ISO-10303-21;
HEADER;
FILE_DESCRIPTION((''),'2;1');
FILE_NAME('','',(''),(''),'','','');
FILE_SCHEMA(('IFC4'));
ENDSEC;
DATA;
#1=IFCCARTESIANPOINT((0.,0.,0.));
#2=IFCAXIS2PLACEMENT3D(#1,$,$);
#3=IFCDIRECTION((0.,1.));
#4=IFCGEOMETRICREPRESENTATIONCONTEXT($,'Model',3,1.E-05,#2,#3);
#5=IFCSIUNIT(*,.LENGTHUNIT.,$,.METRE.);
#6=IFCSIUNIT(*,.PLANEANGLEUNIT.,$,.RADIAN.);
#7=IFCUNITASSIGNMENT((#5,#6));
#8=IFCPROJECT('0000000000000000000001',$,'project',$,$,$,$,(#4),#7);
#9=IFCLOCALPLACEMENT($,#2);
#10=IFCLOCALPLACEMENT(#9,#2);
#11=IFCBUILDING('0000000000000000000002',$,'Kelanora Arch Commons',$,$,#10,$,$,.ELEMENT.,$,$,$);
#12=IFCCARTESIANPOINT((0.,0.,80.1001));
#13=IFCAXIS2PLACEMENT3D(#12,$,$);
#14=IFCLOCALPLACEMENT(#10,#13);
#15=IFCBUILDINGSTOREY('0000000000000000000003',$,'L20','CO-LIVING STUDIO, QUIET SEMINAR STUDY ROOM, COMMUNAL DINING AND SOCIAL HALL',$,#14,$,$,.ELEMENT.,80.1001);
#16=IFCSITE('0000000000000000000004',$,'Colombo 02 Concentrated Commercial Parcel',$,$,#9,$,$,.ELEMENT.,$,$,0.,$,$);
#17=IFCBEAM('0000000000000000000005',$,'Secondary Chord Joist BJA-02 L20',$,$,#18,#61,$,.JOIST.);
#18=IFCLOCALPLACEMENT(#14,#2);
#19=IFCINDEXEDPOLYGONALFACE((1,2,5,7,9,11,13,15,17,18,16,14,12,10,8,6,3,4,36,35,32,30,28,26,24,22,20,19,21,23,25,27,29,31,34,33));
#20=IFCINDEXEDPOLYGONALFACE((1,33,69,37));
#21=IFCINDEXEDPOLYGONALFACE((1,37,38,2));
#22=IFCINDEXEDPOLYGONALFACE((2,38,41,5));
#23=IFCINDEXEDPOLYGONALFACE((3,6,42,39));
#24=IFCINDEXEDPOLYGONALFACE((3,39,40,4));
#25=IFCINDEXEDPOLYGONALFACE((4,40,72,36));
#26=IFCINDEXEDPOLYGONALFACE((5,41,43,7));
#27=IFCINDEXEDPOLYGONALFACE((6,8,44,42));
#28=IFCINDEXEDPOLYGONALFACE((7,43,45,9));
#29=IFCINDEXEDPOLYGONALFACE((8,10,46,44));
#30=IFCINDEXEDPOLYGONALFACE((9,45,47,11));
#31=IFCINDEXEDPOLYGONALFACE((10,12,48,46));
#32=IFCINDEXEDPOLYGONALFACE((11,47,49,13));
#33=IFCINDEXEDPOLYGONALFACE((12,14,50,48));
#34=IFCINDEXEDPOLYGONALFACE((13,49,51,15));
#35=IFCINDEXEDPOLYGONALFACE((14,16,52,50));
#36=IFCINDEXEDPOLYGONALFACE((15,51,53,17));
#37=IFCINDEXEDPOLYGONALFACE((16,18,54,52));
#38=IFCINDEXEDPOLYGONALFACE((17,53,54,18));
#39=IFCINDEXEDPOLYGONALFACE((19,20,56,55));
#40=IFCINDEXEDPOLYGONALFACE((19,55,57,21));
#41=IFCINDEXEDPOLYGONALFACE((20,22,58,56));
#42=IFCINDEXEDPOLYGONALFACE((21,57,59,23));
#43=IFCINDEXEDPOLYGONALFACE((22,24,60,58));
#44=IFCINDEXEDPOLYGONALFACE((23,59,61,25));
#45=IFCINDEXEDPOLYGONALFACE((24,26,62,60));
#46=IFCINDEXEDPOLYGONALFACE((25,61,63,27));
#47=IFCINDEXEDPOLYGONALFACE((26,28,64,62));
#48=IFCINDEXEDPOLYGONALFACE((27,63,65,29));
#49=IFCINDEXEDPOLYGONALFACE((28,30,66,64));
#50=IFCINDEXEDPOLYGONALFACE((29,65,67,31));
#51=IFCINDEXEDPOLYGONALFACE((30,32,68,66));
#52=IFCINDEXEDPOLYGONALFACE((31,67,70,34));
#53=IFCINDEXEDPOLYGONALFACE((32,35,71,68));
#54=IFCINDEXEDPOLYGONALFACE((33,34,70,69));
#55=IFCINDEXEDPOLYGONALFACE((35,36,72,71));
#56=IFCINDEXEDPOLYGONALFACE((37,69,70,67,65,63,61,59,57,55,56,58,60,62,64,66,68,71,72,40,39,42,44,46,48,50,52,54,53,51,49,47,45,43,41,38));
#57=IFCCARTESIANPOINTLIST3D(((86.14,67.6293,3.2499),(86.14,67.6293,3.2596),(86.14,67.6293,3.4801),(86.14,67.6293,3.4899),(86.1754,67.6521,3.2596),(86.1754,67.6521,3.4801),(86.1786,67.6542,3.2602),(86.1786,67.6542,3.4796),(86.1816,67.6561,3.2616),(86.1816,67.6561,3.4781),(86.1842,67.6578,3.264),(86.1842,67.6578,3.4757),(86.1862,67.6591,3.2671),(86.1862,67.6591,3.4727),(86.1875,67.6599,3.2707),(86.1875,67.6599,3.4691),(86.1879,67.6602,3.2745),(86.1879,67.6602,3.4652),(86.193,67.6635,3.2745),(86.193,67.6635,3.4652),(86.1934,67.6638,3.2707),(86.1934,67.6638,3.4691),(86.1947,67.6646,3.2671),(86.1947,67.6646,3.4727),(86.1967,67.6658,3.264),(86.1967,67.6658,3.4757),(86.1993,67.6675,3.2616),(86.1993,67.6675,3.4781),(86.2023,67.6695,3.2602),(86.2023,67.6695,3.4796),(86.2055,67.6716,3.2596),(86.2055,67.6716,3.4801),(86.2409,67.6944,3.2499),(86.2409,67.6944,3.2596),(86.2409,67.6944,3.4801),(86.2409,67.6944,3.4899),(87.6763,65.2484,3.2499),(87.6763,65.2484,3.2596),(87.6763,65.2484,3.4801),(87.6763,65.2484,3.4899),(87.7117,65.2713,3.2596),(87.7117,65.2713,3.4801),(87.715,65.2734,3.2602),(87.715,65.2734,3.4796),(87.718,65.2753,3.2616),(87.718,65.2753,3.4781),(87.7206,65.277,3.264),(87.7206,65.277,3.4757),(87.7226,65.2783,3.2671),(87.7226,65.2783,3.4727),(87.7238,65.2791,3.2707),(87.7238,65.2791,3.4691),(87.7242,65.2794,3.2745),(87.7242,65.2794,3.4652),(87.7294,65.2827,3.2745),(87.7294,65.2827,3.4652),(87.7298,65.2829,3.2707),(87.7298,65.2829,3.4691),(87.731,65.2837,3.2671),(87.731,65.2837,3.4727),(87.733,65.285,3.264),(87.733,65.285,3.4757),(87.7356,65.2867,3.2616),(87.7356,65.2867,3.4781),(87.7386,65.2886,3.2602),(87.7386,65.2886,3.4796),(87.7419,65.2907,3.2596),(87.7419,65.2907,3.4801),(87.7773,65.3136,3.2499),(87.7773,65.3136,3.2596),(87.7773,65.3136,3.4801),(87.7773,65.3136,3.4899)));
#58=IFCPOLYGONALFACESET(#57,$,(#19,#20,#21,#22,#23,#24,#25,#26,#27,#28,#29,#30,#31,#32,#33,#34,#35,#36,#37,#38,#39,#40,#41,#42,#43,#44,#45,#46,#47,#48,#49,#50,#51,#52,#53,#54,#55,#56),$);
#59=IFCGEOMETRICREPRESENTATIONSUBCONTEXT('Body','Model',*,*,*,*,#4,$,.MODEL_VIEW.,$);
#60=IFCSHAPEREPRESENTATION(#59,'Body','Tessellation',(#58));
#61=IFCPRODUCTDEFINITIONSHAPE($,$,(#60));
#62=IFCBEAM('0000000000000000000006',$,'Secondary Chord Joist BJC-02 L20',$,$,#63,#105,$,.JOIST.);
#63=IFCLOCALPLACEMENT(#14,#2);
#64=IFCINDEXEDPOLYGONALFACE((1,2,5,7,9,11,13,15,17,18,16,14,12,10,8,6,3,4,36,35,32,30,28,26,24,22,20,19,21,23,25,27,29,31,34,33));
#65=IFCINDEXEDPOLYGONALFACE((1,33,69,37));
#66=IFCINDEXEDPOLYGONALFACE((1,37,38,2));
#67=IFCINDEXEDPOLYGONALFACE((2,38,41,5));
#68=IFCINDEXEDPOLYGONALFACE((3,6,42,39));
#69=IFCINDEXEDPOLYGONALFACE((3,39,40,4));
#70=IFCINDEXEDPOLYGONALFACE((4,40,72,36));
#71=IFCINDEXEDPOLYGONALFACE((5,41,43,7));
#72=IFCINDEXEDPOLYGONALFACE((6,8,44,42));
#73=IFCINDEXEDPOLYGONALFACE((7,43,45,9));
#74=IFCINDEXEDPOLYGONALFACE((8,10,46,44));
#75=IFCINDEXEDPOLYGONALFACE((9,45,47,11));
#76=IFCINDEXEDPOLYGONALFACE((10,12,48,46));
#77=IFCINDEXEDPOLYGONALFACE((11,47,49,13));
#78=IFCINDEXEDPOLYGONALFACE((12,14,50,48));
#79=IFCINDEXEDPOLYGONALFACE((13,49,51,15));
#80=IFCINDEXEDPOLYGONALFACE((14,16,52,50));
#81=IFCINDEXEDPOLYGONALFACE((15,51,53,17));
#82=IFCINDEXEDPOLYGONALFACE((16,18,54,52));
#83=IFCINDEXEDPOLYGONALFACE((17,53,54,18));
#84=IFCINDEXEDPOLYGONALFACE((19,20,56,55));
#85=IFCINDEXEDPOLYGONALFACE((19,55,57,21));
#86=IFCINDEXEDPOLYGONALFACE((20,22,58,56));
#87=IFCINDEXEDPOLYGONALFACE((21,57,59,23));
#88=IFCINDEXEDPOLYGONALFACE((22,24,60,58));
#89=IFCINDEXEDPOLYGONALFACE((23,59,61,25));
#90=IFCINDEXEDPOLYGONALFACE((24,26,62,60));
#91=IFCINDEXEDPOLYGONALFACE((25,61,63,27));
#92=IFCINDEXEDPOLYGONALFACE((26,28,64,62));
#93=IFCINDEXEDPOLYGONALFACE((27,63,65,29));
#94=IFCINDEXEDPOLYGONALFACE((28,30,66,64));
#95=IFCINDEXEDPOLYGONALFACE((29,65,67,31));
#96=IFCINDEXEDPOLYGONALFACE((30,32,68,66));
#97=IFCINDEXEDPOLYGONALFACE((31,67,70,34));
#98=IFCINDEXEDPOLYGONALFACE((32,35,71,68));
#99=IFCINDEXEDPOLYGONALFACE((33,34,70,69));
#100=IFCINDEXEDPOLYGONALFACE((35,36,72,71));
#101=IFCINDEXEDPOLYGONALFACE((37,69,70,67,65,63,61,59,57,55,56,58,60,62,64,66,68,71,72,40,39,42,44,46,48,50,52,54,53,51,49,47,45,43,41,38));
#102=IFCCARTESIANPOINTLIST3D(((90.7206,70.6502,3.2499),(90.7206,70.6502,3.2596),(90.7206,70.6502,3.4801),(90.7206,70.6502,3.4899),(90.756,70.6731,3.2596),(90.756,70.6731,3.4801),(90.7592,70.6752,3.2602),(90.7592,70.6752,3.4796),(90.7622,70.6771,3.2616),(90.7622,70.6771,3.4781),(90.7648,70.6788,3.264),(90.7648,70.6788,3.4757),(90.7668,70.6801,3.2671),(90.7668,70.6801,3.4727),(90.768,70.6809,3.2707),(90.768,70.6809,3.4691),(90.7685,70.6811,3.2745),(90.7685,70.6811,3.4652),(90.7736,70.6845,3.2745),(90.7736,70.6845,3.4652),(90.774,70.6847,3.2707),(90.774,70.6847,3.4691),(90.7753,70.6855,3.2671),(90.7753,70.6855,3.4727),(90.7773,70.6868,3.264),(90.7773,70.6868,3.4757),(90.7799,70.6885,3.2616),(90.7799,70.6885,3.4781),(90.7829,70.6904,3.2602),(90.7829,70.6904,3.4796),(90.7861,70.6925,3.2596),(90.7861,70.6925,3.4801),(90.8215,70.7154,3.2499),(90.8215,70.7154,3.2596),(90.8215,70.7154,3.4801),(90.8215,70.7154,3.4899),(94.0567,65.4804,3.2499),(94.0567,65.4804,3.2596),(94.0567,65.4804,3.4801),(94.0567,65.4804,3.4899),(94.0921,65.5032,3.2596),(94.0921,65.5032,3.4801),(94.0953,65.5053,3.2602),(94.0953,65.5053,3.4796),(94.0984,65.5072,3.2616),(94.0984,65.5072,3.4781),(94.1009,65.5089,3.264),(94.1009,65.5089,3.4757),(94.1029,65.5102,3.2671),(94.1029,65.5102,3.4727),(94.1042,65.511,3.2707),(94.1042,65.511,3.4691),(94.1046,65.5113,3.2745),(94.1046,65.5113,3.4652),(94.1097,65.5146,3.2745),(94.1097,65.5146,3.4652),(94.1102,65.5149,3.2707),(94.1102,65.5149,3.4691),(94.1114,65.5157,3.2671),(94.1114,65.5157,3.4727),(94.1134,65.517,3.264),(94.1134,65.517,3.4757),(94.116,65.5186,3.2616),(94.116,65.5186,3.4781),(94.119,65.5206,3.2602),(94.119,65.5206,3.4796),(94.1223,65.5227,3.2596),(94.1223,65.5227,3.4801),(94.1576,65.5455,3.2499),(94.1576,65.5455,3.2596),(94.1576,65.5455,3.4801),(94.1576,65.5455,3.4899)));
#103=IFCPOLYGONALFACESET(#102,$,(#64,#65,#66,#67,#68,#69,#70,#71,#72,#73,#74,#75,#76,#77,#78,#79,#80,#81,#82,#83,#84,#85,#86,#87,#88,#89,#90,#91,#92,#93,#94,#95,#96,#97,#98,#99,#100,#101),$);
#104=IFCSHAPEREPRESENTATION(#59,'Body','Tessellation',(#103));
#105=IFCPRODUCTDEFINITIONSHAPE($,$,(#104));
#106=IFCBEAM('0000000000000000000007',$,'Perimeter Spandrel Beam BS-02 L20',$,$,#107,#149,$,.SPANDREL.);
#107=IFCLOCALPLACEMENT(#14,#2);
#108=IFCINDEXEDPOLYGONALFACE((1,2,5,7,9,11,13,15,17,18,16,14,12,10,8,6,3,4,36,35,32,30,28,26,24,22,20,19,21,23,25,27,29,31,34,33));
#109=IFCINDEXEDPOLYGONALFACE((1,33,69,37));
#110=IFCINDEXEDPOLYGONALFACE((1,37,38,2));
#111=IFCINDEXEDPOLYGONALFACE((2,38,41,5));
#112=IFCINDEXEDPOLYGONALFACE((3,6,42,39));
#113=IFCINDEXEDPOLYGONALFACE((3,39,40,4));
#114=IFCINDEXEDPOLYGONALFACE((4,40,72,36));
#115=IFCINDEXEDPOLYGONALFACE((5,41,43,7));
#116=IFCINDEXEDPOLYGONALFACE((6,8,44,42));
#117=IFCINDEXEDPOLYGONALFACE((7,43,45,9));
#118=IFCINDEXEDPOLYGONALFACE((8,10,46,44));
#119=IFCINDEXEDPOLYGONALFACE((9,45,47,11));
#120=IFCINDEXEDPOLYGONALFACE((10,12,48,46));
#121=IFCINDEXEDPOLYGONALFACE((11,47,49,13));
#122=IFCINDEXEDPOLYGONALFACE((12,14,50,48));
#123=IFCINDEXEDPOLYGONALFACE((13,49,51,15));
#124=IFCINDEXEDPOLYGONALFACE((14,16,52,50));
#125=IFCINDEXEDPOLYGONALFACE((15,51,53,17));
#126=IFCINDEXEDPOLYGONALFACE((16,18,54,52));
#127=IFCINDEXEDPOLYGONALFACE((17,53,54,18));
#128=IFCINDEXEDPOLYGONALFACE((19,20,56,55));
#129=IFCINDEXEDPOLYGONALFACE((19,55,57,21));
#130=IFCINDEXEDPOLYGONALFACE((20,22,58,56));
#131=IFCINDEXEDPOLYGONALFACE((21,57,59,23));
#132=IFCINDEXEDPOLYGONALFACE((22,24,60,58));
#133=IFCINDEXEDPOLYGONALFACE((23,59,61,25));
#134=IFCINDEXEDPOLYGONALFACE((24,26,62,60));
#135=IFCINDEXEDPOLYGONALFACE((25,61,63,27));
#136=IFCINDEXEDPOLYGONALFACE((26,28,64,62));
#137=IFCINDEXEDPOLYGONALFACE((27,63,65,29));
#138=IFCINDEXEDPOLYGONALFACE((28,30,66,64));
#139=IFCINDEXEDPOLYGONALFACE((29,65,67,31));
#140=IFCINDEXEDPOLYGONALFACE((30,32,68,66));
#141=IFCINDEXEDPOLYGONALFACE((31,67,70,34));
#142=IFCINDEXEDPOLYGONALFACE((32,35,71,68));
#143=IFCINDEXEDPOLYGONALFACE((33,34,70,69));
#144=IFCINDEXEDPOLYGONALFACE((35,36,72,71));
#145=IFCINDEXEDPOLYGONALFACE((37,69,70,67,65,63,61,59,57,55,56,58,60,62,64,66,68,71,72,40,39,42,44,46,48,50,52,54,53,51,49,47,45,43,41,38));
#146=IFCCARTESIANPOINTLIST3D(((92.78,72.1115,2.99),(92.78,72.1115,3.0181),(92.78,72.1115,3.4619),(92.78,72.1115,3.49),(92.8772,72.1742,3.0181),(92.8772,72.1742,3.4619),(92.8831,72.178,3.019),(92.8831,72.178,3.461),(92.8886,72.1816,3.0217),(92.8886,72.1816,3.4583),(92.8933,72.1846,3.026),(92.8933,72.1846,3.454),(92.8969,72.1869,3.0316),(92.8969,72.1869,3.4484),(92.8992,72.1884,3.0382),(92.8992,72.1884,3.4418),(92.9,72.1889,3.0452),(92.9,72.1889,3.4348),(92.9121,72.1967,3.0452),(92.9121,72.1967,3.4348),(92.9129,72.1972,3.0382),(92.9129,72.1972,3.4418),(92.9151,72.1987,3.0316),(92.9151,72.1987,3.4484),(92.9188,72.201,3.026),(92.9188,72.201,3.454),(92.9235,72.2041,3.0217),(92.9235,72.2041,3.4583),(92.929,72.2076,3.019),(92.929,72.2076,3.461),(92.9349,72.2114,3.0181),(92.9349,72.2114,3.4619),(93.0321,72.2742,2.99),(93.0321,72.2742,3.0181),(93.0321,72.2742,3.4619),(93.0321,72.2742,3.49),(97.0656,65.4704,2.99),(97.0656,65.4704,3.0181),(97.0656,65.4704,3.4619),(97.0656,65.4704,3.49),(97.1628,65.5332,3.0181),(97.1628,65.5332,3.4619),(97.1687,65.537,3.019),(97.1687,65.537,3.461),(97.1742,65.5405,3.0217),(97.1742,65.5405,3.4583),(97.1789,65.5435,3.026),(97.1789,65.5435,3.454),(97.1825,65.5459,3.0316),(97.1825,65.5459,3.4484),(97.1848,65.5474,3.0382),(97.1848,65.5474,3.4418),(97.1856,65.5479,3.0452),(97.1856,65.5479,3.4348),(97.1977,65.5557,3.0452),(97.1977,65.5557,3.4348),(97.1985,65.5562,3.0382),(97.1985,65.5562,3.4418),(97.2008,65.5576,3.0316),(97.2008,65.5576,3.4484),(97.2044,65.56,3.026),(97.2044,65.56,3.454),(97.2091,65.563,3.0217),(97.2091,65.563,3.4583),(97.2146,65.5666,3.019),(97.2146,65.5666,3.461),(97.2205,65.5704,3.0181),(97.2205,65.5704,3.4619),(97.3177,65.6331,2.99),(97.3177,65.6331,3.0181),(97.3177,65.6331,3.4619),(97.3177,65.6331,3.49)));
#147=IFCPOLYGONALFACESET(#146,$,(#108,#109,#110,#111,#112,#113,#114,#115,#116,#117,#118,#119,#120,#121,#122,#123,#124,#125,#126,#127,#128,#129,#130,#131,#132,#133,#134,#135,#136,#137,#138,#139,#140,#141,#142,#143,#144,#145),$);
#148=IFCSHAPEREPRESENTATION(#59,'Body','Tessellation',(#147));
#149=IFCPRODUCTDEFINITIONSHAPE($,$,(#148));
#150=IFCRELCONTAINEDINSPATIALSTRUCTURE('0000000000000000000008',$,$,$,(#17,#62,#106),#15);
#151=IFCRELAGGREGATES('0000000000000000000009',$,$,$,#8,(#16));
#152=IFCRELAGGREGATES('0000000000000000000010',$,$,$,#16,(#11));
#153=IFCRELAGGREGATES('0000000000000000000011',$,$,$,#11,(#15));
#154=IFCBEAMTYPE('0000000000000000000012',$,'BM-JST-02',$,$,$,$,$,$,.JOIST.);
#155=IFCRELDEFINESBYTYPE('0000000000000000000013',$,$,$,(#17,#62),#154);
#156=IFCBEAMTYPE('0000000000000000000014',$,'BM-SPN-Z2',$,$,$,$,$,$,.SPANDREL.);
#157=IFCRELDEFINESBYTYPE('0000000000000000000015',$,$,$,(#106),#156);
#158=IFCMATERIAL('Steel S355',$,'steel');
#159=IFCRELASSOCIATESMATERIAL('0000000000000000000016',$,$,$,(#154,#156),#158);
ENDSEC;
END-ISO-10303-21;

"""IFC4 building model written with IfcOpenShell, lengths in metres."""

from ifc_helpers import new_model, si_unit, direction, frame, origin, origin_2d, place, context, subcontext, project, spatial, i_section, extrude, material, material_profile, profile_set, type_object, element, save


model = new_model("IFC4")

# Units and contexts
model_context = context("Model", 3, precision=1e-05, world=origin(), true_north=direction((0.0, 1.0)))
body_context = subcontext(model_context, "Body", "Model", "MODEL_VIEW")
ifc_project = project(units=[si_unit("LENGTHUNIT", "METRE"), si_unit("PLANEANGLEUNIT", "RADIAN")], contexts=[model_context])

# Site, building, storey
site_placement = place(None, origin())
site = spatial("IfcSite", under=ifc_project, at=site_placement, Name="Colombo 02 Concentrated Commercial Parcel", CompositionType="ELEMENT", RefElevation=0.0)
building_placement = place(site_placement, origin())
building = spatial("IfcBuilding", under=site, at=building_placement, Name="Kelanora Arch Commons", CompositionType="ELEMENT")
storey_placement = place(building_placement, frame((0.0, 0.0, 80.1001)))
storey = spatial("IfcBuildingStorey", under=building, at=storey_placement, Name="L20", Description="CO-LIVING STUDIO, QUIET SEMINAR STUDY ROOM, COMMUNAL DINING AND SOCIAL HALL", CompositionType="ELEMENT", Elevation=80.1001)

# Beams
ifc_material_1 = material(Name="Steel S355", Category="steel")
ifc_material_profile_1 = material_profile(ifc_material_1, i_section(OverallWidth=0.1201, OverallDepth=0.24, WebThickness=0.0061, FlangeThickness=0.0098, FilletRadius=0.0149, at=origin_2d()), Name="IPE240")
ifc_profile_set_1 = profile_set([ifc_material_profile_1], Name="Steel S355")
beam_type_1 = type_object("IfcBeamType", Name="BM-JST-02", PredefinedType="JOIST", material=ifc_profile_set_1)
beam_1_placement = place(storey_placement, frame((87.7268, 65.281, 3.3699), z_axis=(-0.542211, 0.840242, 0.0), x_axis=(-0.840242, -0.542211, 0.0)))
element("IfcBeam", 1, at=beam_1_placement, inside=storey, type_object=beam_type_1, Name="Secondary Chord Joist BJA-02 L20", PredefinedType="JOIST", context=body_context, shape_type="SweptSolid", body=[
    extrude(i_section(OverallWidth=0.1201, OverallDepth=0.24, WebThickness=0.0061, FlangeThickness=0.0098, FilletRadius=0.0149, at=origin_2d()), origin(), (0.0, 0.0, 1.0), 2.8335),
])
beam_2_placement = place(storey_placement, frame((94.1072, 65.5129, 3.3699), z_axis=(-0.542213, 0.840241, 0.0), x_axis=(-0.840241, -0.542213, 0.0)))
element("IfcBeam", 2, at=beam_2_placement, inside=storey, type_object=beam_type_1, Name="Secondary Chord Joist BJC-02 L20", PredefinedType="JOIST", context=body_context, shape_type="SweptSolid", body=[
    extrude(i_section(OverallWidth=0.1201, OverallDepth=0.24, WebThickness=0.0061, FlangeThickness=0.0098, FilletRadius=0.0149, at=origin_2d()), origin(), (0.0, 0.0, 1.0), 6.1528),
])
ifc_material_profile_2 = material_profile(ifc_material_1, i_section(OverallWidth=0.3, OverallDepth=0.5, WebThickness=0.0144, FlangeThickness=0.0281, FilletRadius=0.0271, at=origin_2d()), Name="HEB500")
ifc_profile_set_2 = profile_set([ifc_material_profile_2], Name="Steel S355")
beam_type_2 = type_object("IfcBeamType", Name="BM-SPN-Z2", PredefinedType="SPANDREL", material=ifc_profile_set_2)
beam_3_placement = place(storey_placement, frame((97.1917, 65.5518, 3.24), z_axis=(-0.542221, 0.840236, 0.0), x_axis=(-0.840236, -0.542221, 0.0)))
element("IfcBeam", 3, at=beam_3_placement, inside=storey, type_object=beam_type_2, Name="Perimeter Spandrel Beam BS-02 L20", PredefinedType="SPANDREL", context=body_context, shape_type="SweptSolid", body=[
    extrude(i_section(OverallWidth=0.3, OverallDepth=0.5, WebThickness=0.0144, FlangeThickness=0.0281, FilletRadius=0.0271, at=origin_2d()), origin(), (0.0, 0.0, 1.0), 7.9038),
])

save(model, "model.ifc")
